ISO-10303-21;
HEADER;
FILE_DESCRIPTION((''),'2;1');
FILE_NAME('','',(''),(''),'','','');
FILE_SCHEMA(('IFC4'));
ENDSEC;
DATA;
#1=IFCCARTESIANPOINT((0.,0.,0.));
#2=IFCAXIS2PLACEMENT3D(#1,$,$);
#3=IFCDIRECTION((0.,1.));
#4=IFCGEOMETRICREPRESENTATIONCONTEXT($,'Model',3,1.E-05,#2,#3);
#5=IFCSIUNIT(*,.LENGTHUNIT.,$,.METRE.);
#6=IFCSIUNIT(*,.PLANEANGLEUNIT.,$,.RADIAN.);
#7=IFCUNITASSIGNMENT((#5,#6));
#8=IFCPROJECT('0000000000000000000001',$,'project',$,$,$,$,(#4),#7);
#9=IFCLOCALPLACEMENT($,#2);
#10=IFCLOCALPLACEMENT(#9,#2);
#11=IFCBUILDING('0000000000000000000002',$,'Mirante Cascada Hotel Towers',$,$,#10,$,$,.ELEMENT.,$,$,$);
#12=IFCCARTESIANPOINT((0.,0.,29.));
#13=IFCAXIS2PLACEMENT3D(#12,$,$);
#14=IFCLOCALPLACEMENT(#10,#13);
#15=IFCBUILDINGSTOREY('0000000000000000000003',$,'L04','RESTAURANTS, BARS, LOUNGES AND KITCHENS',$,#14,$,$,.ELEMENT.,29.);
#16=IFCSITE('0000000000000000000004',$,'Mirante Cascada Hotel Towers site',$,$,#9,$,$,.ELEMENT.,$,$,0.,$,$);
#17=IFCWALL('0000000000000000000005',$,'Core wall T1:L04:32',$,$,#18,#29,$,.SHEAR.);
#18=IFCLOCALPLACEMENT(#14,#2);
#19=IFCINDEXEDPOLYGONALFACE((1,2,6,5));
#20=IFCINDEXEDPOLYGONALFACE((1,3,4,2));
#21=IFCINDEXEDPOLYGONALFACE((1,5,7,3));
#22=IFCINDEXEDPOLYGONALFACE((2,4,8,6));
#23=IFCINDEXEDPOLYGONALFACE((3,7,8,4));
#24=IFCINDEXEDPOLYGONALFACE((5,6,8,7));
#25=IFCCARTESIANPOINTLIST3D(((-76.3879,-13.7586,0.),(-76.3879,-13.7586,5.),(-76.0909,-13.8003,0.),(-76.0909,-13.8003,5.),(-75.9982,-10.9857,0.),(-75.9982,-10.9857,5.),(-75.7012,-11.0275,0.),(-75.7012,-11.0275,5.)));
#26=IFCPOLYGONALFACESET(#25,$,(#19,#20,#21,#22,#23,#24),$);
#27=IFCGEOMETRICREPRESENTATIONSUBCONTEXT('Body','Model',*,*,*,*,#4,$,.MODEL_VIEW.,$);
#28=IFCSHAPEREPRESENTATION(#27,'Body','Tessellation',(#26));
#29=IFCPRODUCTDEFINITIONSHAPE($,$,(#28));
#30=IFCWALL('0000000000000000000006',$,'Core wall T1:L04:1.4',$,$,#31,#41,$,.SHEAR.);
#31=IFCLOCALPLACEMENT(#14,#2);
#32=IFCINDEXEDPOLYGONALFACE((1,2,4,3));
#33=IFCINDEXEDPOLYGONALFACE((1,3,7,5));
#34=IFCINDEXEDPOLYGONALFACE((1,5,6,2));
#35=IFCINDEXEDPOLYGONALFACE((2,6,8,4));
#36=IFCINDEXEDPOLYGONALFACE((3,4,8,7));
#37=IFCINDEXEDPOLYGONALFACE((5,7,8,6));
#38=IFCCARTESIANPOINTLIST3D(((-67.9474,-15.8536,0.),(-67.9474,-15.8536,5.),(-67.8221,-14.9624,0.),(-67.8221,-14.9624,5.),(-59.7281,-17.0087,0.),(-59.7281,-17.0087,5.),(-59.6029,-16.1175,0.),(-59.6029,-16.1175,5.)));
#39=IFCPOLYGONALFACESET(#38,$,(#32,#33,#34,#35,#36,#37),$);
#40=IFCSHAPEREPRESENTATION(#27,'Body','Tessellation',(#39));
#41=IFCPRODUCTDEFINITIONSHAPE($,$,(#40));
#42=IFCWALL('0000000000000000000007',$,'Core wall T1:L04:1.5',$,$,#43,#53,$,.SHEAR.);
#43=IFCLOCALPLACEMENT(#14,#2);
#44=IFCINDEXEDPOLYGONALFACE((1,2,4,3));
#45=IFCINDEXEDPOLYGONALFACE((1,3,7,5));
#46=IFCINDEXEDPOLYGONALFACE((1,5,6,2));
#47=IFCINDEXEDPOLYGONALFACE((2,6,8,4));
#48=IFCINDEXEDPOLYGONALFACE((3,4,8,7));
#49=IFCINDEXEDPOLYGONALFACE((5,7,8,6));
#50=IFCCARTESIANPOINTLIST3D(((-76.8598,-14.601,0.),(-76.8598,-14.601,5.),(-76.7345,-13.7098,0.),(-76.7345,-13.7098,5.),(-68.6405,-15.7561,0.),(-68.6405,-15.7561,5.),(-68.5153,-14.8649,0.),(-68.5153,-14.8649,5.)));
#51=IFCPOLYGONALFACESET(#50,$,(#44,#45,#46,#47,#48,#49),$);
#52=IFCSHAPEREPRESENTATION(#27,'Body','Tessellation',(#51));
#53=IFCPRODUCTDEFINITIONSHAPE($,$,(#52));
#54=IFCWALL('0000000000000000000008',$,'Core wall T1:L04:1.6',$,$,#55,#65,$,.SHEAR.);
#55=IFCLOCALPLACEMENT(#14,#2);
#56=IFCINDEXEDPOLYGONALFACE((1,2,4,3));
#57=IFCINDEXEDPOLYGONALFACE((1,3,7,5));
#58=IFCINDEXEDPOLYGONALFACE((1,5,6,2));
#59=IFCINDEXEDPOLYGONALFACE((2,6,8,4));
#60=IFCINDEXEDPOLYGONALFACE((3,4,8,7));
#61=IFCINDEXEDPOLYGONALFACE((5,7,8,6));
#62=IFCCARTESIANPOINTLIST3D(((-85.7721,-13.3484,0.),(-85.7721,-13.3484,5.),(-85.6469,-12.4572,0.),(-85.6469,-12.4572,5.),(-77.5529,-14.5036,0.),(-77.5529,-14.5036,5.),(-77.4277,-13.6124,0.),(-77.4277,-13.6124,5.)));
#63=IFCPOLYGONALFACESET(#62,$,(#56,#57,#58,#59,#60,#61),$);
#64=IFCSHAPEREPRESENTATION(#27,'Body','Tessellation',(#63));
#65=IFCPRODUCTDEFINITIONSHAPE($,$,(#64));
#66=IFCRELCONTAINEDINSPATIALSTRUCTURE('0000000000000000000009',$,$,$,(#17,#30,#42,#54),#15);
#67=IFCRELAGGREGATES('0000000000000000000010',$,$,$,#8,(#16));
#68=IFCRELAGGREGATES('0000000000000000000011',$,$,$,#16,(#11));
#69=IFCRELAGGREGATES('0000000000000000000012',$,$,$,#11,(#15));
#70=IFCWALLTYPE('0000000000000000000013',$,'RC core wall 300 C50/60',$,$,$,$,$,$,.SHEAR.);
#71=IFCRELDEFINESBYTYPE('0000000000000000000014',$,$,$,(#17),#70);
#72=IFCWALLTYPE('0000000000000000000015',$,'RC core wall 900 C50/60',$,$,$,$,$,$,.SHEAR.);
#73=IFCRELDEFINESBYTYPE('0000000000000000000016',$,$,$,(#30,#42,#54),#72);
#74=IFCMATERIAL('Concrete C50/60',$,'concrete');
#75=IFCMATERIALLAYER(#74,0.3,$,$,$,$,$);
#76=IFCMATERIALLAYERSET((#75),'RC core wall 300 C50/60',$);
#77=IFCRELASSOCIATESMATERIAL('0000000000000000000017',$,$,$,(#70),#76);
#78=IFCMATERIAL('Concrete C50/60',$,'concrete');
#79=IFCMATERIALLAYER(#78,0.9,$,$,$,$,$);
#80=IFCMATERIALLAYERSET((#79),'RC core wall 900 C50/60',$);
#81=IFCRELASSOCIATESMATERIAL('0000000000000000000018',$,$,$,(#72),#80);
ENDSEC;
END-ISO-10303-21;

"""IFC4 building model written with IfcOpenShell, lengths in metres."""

from ifc_helpers import new_model, si_unit, direction, frame, frame_2d, origin, place, context, subcontext, project, spatial, rectangle, extrude, material, layer, layer_set, type_object, element, save


model = new_model("IFC4")

# Units and contexts
model_context = context("Model", 3, precision=1e-05, world=origin(), true_north=direction((0.0, 1.0)))
body_context = subcontext(model_context, "Body", "Model", "MODEL_VIEW")
ifc_project = project(units=[si_unit("LENGTHUNIT", "METRE"), si_unit("PLANEANGLEUNIT", "RADIAN")], contexts=[model_context])

# Site, building, storey
site_placement = place(None, origin())
site = spatial("IfcSite", under=ifc_project, at=site_placement, Name="Mirante Cascada Hotel Towers site", CompositionType="ELEMENT", RefElevation=0.0)
building_placement = place(site_placement, origin())
building = spatial("IfcBuilding", under=site, at=building_placement, Name="Mirante Cascada Hotel Towers", CompositionType="ELEMENT")
storey_placement = place(building_placement, frame((0.0, 0.0, 29.0)))
storey = spatial("IfcBuildingStorey", under=building, at=storey_placement, Name="L04", Description="RESTAURANTS, BARS, LOUNGES AND KITCHENS", CompositionType="ELEMENT", Elevation=29.0)

# Walls
ifc_material_1 = material(Name="Concrete C50/60", Category="concrete")
ifc_layer_1 = layer(ifc_material_1, 0.3)
ifc_layer_set_1 = layer_set([ifc_layer_1], Name="RC core wall 300 C50/60")
wall_type_1 = type_object("IfcWallType", Name="RC core wall 300 C50/60", PredefinedType="SHEAR", material=ifc_layer_set_1)
wall_1_placement = place(storey_placement, frame((-76.2394, -13.7794, 0.0), z_axis=(0.0, 0.0, 1.0), x_axis=(0.139176, 0.990268, 0.0)))
element("IfcWall", 1, at=wall_1_placement, inside=storey, type_object=wall_type_1, Name="Core wall T1:L04:32", PredefinedType="SHEAR", context=body_context, shape_type="SweptSolid", body=[
    extrude(rectangle(XDim=2.8001, YDim=0.3, at=frame_2d((1.4, 0.0))), origin(), (0.0, 0.0, 1.0), 5.0),
])
ifc_material_2 = material(Name="Concrete C50/60", Category="concrete")
ifc_layer_2 = layer(ifc_material_2, 0.9)
ifc_layer_set_2 = layer_set([ifc_layer_2], Name="RC core wall 900 C50/60")
wall_type_2 = type_object("IfcWallType", Name="RC core wall 900 C50/60", PredefinedType="SHEAR", material=ifc_layer_set_2)
for number, where, z_axis, x_axis, name in (
    (2, (-59.6655, -16.5631, 0.0), (0.0, 0.0, 1.0), (-0.990269, 0.139169, 0.0), "Core wall T1:L04:1.4"),
    (3, (-68.5779, -15.3105, 0.0), (0.0, 0.0, 1.0), (-0.990269, 0.139169, 0.0), "Core wall T1:L04:1.5"),
    (4, (-77.4903, -14.058, 0.0), (0.0, 0.0, 1.0), (-0.990267, 0.139181, 0.0), "Core wall T1:L04:1.6"),
):
    element("IfcWall", number, at=place(storey_placement, frame(where, z_axis=z_axis, x_axis=x_axis)), inside=storey, type_object=wall_type_2, Name=name, PredefinedType="SHEAR", context=body_context, shape_type="SweptSolid", body=[
        extrude(rectangle(XDim=8.3, YDim=0.9, at=frame_2d((4.15, 0.0))), origin(), (0.0, 0.0, 1.0), 5.0),
    ])

save(model, "model.ifc")
